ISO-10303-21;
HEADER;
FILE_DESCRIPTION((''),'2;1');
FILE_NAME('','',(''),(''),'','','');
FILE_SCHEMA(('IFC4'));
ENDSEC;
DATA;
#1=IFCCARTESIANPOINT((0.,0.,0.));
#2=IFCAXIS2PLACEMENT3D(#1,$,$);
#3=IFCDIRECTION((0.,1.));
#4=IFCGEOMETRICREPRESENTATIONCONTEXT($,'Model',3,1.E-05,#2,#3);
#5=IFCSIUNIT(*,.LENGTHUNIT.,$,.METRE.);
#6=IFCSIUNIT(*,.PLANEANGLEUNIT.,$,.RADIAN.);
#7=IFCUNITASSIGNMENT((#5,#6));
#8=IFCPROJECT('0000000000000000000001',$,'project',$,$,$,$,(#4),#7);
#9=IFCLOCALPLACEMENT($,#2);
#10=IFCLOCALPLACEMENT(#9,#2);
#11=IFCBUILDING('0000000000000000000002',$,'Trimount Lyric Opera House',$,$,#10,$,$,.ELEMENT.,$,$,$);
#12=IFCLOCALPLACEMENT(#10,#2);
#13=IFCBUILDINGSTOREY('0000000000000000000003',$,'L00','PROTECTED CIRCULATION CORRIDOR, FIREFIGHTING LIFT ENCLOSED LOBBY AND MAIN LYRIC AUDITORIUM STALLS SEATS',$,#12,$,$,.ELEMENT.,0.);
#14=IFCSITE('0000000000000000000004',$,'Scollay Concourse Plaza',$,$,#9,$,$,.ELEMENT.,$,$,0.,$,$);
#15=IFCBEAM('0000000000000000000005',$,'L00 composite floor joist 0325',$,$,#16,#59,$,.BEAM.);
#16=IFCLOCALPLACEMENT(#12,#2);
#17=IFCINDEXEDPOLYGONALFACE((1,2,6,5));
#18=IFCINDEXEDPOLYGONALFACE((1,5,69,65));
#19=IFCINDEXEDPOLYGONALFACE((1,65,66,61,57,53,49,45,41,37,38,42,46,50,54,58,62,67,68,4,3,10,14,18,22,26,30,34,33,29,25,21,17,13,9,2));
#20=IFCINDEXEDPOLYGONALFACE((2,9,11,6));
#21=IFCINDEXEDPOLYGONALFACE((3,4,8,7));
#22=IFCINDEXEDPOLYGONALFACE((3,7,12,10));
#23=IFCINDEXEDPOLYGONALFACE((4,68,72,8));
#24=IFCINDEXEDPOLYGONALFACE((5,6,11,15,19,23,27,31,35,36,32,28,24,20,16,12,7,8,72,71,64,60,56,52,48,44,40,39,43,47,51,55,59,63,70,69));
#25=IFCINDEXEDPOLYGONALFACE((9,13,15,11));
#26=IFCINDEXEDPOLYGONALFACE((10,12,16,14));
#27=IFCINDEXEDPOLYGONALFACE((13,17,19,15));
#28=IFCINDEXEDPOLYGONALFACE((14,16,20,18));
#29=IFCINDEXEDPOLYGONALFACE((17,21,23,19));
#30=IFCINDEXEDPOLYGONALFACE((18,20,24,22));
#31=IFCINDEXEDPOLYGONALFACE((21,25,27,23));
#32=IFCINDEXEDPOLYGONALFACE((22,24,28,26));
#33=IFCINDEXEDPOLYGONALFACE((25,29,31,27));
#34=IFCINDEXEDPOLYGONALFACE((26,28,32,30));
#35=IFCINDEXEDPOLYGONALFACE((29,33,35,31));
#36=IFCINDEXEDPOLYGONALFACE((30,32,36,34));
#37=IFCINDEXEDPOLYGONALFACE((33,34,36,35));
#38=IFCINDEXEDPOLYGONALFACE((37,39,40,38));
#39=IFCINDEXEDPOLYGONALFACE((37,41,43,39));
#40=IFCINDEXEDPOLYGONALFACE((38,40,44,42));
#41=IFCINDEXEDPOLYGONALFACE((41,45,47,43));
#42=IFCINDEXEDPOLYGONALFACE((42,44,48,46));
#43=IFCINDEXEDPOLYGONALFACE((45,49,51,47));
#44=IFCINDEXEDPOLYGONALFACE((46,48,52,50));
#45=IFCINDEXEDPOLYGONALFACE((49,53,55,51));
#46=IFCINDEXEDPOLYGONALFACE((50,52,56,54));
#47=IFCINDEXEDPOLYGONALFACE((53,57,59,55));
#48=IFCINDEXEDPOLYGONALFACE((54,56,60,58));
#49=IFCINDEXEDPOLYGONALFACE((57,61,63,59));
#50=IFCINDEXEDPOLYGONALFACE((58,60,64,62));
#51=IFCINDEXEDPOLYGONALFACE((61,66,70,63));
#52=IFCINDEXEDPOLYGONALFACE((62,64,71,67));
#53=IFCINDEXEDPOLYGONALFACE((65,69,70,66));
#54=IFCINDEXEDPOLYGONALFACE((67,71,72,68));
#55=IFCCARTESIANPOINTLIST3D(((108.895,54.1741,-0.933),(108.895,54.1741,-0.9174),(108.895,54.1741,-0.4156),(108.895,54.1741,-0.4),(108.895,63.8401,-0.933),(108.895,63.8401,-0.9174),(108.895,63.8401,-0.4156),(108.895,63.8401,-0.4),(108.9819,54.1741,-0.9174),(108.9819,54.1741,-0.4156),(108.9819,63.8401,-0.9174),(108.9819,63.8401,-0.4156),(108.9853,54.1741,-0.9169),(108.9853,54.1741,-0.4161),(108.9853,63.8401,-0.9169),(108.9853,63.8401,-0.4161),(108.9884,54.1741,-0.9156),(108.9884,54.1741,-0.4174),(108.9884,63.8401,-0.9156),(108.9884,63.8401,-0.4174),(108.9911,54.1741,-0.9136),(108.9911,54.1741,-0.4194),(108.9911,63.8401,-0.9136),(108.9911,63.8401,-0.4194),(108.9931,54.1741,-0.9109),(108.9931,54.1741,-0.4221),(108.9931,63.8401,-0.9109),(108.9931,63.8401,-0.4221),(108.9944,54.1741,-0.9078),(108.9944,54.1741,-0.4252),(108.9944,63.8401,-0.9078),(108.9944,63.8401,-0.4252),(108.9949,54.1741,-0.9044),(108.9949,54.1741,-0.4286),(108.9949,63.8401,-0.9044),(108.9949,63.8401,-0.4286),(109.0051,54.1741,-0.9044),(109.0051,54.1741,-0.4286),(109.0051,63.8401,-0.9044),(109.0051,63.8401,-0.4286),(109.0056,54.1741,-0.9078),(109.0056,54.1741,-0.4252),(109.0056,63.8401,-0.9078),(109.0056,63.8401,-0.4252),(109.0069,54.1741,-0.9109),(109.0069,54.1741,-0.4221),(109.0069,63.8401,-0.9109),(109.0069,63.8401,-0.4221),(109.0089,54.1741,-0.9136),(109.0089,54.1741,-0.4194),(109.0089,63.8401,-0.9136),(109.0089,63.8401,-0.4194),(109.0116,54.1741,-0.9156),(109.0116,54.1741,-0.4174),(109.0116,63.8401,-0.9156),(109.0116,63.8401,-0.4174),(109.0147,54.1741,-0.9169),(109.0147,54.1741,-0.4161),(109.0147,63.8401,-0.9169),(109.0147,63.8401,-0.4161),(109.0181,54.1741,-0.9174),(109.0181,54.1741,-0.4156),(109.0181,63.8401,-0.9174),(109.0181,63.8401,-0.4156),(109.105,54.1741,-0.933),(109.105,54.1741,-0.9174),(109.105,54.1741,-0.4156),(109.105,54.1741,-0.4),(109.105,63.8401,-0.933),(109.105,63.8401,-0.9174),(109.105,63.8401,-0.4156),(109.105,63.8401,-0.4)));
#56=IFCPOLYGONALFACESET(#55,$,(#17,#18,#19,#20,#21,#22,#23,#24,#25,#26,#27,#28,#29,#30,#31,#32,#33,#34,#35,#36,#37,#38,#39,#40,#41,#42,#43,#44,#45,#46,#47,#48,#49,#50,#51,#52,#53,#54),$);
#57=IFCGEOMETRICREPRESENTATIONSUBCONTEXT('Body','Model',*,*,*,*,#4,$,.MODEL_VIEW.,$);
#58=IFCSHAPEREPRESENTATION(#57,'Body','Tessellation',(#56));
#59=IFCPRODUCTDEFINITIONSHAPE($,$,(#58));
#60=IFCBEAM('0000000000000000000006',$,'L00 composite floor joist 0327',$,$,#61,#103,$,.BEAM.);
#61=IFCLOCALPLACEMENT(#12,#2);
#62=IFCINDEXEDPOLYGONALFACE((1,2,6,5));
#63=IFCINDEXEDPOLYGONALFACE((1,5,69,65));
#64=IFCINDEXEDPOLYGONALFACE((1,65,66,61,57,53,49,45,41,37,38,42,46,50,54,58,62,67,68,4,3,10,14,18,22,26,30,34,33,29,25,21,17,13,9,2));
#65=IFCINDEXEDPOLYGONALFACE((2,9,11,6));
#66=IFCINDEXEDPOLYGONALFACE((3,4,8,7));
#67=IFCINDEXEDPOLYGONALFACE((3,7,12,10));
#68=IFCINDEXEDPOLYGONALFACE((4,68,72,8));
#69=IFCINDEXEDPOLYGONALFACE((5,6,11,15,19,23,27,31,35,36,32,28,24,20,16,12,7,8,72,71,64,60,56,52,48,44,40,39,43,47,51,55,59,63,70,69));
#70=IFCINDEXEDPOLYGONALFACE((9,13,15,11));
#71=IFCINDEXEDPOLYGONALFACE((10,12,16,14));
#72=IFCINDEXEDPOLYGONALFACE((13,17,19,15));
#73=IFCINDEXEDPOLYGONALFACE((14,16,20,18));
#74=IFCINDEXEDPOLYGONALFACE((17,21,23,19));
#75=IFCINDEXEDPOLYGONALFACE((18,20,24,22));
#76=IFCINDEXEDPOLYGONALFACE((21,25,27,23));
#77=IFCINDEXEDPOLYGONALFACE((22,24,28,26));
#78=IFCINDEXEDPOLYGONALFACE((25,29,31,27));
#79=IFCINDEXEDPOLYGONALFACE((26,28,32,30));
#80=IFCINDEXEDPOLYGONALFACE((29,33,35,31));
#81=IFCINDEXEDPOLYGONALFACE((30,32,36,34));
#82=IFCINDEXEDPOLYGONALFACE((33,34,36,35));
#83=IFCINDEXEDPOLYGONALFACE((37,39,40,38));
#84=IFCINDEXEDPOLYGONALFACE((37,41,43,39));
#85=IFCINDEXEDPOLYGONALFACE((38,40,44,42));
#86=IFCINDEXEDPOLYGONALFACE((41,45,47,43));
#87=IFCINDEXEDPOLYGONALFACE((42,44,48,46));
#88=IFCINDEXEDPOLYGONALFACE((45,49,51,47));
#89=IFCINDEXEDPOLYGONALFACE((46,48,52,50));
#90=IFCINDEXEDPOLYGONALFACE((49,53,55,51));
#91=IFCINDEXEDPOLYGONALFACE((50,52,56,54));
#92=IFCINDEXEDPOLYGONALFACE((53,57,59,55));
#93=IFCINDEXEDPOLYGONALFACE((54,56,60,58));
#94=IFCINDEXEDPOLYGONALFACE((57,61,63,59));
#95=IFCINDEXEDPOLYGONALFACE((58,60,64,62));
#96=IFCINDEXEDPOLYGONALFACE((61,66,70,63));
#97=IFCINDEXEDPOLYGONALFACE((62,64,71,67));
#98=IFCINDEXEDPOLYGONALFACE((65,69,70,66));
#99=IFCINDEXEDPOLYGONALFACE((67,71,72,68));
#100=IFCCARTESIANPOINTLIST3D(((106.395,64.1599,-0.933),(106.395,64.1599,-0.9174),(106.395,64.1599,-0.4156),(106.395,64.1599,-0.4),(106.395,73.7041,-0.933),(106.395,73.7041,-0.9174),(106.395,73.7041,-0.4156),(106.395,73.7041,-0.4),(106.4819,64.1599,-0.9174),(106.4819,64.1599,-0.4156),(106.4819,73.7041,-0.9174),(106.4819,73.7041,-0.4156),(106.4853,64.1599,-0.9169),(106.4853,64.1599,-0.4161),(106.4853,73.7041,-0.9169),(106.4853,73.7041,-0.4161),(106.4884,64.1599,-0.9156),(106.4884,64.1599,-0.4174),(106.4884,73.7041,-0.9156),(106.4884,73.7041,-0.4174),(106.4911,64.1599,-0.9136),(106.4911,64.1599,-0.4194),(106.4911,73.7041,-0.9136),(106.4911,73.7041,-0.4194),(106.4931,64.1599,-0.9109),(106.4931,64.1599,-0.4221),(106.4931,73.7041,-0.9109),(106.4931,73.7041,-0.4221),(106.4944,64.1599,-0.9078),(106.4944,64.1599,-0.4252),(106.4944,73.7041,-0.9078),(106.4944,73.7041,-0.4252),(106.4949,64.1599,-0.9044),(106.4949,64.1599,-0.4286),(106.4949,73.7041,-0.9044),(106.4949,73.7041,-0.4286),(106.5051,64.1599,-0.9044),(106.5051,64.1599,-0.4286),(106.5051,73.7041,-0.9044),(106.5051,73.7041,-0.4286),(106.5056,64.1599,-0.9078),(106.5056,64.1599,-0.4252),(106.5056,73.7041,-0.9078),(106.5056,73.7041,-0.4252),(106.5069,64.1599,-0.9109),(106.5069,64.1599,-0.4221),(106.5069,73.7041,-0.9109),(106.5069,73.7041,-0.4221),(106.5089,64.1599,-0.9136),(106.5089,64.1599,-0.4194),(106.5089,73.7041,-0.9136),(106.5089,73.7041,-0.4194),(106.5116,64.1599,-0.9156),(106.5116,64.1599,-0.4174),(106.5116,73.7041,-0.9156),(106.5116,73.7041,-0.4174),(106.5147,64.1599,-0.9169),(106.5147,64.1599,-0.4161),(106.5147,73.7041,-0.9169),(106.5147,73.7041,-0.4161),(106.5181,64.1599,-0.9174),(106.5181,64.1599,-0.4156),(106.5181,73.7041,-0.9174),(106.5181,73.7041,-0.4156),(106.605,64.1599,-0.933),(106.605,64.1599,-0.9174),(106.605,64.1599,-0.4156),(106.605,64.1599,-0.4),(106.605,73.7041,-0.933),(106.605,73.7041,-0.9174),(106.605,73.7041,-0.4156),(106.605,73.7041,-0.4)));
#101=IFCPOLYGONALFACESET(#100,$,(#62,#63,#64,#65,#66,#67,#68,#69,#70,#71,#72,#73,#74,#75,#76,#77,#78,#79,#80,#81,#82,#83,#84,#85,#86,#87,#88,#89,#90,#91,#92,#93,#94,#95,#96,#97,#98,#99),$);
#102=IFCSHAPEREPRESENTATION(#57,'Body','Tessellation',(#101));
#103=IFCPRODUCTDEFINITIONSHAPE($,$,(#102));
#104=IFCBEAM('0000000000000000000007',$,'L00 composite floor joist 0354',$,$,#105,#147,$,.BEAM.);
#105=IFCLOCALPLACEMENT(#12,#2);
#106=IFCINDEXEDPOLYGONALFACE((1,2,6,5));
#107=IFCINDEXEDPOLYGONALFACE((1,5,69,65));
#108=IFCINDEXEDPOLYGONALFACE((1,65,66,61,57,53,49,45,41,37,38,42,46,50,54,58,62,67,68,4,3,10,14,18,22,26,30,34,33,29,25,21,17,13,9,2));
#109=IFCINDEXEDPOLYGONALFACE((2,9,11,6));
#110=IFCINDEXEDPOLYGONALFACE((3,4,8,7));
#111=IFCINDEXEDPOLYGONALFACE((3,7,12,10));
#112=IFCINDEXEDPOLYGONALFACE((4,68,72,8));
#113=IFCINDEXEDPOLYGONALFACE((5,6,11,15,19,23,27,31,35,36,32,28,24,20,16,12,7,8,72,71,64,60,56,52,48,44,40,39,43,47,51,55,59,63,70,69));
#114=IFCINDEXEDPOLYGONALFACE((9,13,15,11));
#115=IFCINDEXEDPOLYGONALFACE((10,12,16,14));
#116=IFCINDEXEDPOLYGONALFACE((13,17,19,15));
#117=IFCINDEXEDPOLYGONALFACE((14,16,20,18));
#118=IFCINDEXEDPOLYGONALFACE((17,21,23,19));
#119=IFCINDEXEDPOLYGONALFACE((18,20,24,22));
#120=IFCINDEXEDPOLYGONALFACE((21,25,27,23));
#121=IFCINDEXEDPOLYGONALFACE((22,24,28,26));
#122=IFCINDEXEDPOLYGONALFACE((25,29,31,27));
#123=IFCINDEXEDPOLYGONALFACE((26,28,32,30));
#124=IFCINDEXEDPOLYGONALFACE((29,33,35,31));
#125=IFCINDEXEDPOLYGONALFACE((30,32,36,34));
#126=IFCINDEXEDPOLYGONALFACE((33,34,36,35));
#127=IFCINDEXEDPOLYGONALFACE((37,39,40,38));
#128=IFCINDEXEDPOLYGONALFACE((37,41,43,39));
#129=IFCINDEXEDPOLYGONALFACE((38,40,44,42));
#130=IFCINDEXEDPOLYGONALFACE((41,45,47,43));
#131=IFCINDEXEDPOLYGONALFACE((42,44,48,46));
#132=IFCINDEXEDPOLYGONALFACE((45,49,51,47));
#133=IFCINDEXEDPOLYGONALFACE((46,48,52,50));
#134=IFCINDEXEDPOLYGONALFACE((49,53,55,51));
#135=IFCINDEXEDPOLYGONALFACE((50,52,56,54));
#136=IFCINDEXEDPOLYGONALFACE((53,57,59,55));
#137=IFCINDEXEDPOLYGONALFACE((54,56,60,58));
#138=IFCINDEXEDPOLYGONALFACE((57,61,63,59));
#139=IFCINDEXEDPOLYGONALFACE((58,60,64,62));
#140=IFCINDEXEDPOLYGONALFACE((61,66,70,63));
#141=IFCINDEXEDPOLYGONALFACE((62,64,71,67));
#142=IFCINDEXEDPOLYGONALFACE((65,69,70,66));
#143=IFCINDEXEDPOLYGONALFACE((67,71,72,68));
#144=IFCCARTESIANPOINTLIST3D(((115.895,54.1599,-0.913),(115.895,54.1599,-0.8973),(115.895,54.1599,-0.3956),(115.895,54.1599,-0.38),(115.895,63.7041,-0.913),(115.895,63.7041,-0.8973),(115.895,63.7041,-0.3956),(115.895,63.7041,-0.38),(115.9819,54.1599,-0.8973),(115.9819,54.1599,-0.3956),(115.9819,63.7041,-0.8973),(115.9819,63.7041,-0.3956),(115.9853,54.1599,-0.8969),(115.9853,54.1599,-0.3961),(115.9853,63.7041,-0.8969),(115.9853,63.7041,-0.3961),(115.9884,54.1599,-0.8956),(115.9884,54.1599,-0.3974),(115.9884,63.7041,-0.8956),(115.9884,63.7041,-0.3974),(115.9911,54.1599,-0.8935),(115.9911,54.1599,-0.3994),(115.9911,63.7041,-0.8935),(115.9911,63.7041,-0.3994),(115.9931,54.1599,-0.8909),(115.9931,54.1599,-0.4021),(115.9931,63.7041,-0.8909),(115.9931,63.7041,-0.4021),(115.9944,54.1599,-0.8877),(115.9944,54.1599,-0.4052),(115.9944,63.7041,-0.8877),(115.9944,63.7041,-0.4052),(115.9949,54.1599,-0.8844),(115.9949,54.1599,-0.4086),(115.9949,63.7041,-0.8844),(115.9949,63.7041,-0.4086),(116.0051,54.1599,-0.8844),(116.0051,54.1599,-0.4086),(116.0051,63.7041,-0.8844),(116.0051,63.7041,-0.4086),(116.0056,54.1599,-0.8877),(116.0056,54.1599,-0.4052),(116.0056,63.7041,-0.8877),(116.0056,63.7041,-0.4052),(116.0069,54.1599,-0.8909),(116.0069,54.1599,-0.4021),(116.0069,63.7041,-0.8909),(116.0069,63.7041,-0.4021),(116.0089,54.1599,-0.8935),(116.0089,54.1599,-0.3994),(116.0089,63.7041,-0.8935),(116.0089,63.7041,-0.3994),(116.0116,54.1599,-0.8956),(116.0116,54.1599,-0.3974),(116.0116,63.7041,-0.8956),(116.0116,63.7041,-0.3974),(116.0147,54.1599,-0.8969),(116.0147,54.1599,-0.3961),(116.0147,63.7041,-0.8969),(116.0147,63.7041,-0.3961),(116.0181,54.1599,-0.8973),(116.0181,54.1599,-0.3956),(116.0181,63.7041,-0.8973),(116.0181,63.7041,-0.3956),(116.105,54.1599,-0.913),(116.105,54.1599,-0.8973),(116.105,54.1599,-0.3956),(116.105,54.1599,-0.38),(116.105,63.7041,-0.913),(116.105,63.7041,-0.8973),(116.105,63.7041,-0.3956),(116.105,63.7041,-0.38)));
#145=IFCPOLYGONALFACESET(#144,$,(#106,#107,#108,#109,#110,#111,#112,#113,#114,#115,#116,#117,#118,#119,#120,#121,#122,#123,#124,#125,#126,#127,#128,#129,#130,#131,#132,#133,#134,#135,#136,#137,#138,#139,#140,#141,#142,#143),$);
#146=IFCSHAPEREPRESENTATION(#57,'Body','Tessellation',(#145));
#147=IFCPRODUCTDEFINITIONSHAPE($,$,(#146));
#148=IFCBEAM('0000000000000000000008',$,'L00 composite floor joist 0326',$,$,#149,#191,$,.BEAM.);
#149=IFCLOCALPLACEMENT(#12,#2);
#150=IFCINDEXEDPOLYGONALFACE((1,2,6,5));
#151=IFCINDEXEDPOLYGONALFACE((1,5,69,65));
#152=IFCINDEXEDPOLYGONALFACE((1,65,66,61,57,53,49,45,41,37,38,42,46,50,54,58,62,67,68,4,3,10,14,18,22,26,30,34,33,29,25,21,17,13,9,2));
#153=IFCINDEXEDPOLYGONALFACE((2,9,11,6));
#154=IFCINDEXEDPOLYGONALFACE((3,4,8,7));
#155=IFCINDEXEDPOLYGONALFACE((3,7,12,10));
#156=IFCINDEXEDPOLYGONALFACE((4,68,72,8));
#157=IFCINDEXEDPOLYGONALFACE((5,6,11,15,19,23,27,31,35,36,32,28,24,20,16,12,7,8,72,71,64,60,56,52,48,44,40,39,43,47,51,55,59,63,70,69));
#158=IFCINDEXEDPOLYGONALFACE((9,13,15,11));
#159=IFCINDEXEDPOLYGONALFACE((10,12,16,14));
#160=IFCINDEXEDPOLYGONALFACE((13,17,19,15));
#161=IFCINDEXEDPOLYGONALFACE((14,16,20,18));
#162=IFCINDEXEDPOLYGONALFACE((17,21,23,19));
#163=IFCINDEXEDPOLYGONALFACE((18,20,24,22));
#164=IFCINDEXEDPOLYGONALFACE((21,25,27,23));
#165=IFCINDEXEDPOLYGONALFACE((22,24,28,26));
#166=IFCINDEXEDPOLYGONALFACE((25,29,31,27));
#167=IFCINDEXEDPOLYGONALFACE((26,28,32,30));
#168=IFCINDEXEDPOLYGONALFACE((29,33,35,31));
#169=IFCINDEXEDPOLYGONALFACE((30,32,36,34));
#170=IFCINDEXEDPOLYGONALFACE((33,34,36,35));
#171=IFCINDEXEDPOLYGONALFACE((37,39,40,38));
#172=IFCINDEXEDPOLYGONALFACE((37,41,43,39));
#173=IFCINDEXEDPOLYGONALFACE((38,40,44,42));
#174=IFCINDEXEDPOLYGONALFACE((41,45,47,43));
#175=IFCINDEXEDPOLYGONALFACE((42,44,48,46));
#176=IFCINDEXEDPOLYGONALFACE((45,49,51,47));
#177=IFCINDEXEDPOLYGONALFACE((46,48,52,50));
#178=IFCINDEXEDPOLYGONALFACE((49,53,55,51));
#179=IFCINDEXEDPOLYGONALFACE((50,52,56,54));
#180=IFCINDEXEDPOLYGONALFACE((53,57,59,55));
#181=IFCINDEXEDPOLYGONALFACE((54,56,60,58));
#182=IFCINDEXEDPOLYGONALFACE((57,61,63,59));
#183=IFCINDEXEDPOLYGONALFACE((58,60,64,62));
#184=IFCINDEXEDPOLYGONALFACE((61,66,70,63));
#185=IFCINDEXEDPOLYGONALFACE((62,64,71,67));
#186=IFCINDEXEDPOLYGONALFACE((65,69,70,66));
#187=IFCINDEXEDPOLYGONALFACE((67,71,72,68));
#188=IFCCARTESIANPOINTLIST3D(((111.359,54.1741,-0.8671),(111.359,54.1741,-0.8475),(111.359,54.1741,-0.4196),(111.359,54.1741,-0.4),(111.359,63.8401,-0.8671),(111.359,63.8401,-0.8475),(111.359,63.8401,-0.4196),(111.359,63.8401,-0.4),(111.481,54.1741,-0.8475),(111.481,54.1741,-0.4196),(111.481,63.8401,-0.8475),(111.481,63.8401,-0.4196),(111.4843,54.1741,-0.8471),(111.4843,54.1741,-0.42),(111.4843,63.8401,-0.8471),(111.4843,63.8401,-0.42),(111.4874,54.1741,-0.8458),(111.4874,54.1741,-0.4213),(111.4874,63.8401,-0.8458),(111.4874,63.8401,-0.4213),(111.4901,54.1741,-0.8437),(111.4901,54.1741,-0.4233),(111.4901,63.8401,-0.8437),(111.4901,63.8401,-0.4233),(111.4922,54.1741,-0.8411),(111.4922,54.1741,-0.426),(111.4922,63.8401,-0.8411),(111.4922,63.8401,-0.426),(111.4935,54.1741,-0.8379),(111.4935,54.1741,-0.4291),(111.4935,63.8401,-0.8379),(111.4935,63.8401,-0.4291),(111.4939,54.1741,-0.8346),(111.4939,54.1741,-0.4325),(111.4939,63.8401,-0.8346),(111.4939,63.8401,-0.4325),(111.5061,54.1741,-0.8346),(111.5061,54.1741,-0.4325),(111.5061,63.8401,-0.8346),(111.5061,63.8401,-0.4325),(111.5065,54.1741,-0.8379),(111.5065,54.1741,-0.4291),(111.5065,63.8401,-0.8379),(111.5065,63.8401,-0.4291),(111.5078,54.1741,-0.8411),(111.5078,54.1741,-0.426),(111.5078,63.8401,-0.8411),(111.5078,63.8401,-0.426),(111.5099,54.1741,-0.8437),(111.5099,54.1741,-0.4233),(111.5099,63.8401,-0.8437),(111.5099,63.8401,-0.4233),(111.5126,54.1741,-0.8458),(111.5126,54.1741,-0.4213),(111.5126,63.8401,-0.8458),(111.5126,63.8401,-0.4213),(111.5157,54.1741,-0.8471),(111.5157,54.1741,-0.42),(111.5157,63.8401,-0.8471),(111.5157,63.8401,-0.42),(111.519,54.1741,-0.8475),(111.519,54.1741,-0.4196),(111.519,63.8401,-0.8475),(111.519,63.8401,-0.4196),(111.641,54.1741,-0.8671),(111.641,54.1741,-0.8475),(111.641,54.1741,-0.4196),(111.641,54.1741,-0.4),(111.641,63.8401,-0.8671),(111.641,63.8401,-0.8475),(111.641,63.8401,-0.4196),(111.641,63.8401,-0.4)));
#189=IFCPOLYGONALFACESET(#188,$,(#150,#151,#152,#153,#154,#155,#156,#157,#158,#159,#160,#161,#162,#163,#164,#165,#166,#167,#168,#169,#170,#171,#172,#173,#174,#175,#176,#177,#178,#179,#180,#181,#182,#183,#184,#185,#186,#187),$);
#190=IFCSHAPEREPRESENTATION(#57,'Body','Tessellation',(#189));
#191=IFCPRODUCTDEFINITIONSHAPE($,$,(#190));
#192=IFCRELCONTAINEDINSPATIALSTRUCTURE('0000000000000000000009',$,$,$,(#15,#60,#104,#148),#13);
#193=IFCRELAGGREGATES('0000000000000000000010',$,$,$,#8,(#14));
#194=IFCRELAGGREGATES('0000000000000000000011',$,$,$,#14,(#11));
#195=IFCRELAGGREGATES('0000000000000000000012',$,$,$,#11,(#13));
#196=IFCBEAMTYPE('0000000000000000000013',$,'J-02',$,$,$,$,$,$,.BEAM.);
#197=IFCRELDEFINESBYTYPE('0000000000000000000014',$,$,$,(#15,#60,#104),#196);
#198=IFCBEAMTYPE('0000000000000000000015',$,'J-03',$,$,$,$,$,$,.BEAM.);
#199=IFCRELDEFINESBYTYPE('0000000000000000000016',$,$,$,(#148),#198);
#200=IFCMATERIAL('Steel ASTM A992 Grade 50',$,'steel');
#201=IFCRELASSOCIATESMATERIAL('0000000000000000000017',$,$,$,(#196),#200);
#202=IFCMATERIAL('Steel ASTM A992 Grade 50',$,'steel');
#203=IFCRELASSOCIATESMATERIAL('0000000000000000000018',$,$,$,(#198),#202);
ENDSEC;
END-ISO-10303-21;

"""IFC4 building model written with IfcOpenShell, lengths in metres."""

from ifc_helpers import new_model, si_unit, direction, frame, origin, origin_2d, place, context, subcontext, project, spatial, i_section, extrude, material, material_profile, profile_set, type_object, element, save


model = new_model("IFC4")

# Units and contexts
model_context = context("Model", 3, precision=1e-05, world=origin(), true_north=direction((0.0, 1.0)))
body_context = subcontext(model_context, "Body", "Model", "MODEL_VIEW")
ifc_project = project(units=[si_unit("LENGTHUNIT", "METRE"), si_unit("PLANEANGLEUNIT", "RADIAN")], contexts=[model_context])

# Site, building, storey
site_placement = place(None, origin())
site = spatial("IfcSite", under=ifc_project, at=site_placement, Name="Scollay Concourse Plaza", CompositionType="ELEMENT", RefElevation=0.0)
building_placement = place(site_placement, origin())
building = spatial("IfcBuilding", under=site, at=building_placement, Name="Trimount Lyric Opera House", CompositionType="ELEMENT")
storey_placement = place(building_placement, origin())
storey = spatial("IfcBuildingStorey", under=building, at=storey_placement, Name="L00", Description="PROTECTED CIRCULATION CORRIDOR, FIREFIGHTING LIFT ENCLOSED LOBBY AND MAIN LYRIC AUDITORIUM STALLS SEATS", CompositionType="ELEMENT", Elevation=0.0)

# Beams
ifc_material_1 = material(Name="Steel ASTM A992 Grade 50", Category="steel")
ifc_material_profile_1 = material_profile(ifc_material_1, i_section(OverallWidth=0.21, OverallDepth=0.533, WebThickness=0.0103, FlangeThickness=0.0156, FilletRadius=0.0129, at=origin_2d()), Name="W21X62")
ifc_profile_set_1 = profile_set([ifc_material_profile_1], Name="Steel ASTM A992 Grade 50")
beam_type_1 = type_object("IfcBeamType", Name="J-02", PredefinedType="BEAM", material=ifc_profile_set_1)
beam_1_placement = place(storey_placement, frame((109.0, 54.1741, -0.6665), z_axis=(0.0, 1.0, 0.0), x_axis=(-1.0, 0.0, 0.0)))
element("IfcBeam", 1, at=beam_1_placement, inside=storey, type_object=beam_type_1, Name="L00 composite floor joist 0325", PredefinedType="BEAM", context=body_context, shape_type="SweptSolid", body=[
    extrude(i_section(OverallWidth=0.21, OverallDepth=0.533, WebThickness=0.0103, FlangeThickness=0.0156, FilletRadius=0.0129, at=origin_2d()), origin(), (0.0, 0.0, 1.0), 9.666),
])
for number, where, z_axis, x_axis, name in (
    (2, (106.5, 64.1599, -0.6665), (0.0, 1.0, 0.0), (-1.0, 0.0, 0.0), "L00 composite floor joist 0327"),
    (3, (116.0, 54.1599, -0.6465), (0.0, 1.0, 0.0), (-1.0, 0.0, 0.0), "L00 composite floor joist 0354"),
):
    element("IfcBeam", number, at=place(storey_placement, frame(where, z_axis=z_axis, x_axis=x_axis)), inside=storey, type_object=beam_type_1, Name=name, PredefinedType="BEAM", context=body_context, shape_type="SweptSolid", body=[
        extrude(i_section(OverallWidth=0.21, OverallDepth=0.533, WebThickness=0.0103, FlangeThickness=0.0156, FilletRadius=0.0129, at=origin_2d()), origin(), (0.0, 0.0, 1.0), 9.5442),
    ])
ifc_material_2 = material(Name="Steel ASTM A992 Grade 50", Category="steel")
ifc_material_profile_2 = material_profile(ifc_material_2, i_section(OverallWidth=0.282, OverallDepth=0.467, WebThickness=0.0122, FlangeThickness=0.0195, FilletRadius=0.0129, at=origin_2d()), Name="W18X86")
ifc_profile_set_2 = profile_set([ifc_material_profile_2], Name="Steel ASTM A992 Grade 50")
beam_type_2 = type_object("IfcBeamType", Name="J-03", PredefinedType="BEAM", material=ifc_profile_set_2)
beam_2_placement = place(storey_placement, frame((111.5, 54.1741, -0.6335), z_axis=(0.0, 1.0, 0.0), x_axis=(-1.0, 0.0, 0.0)))
element("IfcBeam", 4, at=beam_2_placement, inside=storey, type_object=beam_type_2, Name="L00 composite floor joist 0326", PredefinedType="BEAM", context=body_context, shape_type="SweptSolid", body=[
    extrude(i_section(OverallWidth=0.282, OverallDepth=0.467, WebThickness=0.0122, FlangeThickness=0.0195, FilletRadius=0.0129, at=origin_2d()), origin(), (0.0, 0.0, 1.0), 9.666),
])

save(model, "model.ifc")
